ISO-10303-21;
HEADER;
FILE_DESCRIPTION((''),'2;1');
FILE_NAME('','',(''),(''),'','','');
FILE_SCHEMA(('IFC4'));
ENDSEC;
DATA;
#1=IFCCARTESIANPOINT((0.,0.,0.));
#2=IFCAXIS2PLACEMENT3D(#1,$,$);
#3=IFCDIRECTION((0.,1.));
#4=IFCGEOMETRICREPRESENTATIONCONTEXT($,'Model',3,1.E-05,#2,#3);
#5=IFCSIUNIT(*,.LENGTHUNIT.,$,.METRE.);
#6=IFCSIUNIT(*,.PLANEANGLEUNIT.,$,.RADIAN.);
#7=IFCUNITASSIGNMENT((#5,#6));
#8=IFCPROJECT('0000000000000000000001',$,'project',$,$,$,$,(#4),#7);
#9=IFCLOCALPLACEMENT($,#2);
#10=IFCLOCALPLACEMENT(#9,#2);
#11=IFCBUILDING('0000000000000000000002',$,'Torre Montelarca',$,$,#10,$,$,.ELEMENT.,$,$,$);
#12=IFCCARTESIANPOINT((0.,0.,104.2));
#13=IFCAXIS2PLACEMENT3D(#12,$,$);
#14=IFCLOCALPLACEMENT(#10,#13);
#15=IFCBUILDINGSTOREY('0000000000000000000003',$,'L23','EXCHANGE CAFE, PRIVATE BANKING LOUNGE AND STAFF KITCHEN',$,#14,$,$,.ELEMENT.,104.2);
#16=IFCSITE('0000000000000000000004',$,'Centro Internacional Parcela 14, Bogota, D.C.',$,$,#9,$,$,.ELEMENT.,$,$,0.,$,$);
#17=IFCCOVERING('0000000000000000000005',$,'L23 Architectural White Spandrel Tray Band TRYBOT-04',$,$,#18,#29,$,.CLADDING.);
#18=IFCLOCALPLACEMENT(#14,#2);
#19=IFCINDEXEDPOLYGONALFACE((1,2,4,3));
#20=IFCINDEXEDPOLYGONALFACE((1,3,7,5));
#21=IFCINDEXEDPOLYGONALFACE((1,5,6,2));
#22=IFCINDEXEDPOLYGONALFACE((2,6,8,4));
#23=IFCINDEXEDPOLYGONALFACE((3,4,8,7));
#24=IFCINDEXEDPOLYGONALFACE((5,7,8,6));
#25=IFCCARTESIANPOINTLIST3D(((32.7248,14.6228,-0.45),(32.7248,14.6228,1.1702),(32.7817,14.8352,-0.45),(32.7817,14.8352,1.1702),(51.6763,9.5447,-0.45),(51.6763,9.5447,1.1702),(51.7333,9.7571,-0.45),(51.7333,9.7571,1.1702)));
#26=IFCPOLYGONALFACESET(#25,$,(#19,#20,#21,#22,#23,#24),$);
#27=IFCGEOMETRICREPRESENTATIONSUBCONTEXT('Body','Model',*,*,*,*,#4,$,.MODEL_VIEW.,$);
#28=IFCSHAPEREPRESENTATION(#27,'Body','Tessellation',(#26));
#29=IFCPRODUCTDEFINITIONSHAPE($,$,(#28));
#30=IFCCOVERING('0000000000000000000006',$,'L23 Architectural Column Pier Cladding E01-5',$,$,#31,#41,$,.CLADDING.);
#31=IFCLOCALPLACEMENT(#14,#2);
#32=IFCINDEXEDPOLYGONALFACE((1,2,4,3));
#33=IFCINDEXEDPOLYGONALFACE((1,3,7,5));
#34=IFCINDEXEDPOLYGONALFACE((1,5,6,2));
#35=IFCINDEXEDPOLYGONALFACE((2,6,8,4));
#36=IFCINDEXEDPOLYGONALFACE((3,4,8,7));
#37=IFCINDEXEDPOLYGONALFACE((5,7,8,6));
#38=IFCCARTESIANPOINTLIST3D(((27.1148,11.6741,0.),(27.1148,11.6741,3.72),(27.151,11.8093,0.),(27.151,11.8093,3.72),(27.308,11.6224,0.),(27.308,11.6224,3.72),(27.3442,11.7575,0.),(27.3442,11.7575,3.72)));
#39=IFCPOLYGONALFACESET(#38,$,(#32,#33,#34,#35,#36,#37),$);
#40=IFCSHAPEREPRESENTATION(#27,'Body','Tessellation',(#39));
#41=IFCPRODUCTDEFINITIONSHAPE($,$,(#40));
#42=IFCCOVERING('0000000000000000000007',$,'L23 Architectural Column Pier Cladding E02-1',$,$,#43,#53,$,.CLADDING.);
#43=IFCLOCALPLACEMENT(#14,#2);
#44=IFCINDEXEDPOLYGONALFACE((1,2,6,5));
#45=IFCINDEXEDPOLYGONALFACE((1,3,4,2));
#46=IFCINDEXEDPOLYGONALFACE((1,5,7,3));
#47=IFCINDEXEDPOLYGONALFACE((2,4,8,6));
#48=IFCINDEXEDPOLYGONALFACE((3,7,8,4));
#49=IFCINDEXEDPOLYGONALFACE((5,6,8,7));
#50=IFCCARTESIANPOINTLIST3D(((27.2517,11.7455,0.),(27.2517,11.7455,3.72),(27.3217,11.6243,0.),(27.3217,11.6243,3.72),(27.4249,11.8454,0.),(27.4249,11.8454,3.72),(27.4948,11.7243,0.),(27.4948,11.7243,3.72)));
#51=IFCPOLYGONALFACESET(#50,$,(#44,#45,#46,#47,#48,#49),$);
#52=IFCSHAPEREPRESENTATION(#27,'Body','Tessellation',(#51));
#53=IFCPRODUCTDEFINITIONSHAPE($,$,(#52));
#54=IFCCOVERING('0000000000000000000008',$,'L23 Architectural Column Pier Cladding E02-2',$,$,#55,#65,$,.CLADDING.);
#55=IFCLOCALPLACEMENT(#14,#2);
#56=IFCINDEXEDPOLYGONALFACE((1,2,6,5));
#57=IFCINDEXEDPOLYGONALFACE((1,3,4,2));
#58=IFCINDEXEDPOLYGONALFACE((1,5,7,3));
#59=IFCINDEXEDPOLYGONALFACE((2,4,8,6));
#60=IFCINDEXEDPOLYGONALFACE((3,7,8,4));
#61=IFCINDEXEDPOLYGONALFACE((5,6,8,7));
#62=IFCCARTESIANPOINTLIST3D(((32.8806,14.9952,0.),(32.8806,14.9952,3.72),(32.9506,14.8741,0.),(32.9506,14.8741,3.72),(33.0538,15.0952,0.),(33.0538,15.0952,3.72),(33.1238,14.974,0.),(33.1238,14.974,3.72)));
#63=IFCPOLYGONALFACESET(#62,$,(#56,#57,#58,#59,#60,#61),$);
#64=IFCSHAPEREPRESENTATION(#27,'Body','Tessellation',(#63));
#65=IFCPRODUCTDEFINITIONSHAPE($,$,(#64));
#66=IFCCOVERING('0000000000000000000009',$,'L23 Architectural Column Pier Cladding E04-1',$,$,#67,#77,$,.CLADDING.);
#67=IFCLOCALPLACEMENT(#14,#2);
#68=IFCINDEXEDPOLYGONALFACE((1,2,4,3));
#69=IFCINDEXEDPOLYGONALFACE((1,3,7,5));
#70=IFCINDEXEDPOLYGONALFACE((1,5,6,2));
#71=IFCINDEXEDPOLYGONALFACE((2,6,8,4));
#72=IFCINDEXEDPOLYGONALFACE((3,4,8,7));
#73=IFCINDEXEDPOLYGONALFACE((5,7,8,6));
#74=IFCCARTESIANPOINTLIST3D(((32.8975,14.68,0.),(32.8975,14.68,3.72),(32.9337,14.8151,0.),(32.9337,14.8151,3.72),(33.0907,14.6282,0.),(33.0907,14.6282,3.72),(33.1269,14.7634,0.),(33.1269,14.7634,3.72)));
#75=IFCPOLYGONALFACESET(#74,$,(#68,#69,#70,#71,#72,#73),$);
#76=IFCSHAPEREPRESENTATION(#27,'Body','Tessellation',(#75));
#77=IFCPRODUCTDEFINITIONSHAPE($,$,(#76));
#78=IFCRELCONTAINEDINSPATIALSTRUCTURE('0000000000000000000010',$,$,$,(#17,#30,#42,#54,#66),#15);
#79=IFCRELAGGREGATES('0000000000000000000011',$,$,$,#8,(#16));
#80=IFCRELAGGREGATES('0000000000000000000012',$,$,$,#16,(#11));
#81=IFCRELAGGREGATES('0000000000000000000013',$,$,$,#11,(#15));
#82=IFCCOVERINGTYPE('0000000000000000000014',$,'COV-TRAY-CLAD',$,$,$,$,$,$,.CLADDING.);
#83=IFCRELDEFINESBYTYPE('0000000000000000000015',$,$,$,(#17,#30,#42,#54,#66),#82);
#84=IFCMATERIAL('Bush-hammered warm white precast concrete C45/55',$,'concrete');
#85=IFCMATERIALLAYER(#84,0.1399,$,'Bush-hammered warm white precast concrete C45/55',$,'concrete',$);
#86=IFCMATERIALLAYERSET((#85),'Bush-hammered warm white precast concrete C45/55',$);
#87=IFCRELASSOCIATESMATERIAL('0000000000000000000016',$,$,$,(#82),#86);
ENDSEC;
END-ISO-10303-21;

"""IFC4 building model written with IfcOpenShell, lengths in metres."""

from ifc_helpers import new_model, si_unit, direction, frame, origin, origin_2d, place, context, subcontext, project, spatial, rectangle, extrude, source, transform, mapped, material, layer, layer_set, type_object, element, save


model = new_model("IFC4")

# Units and contexts
model_context = context("Model", 3, precision=1e-05, world=origin(), true_north=direction((0.0, 1.0)))
body_context = subcontext(model_context, "Body", "Model", "MODEL_VIEW")
ifc_project = project(units=[si_unit("LENGTHUNIT", "METRE"), si_unit("PLANEANGLEUNIT", "RADIAN")], contexts=[model_context])

# Site, building, storey
site_placement = place(None, origin())
site = spatial("IfcSite", under=ifc_project, at=site_placement, Name="Centro Internacional Parcela 14, Bogota, D.C.", CompositionType="ELEMENT", RefElevation=0.0)
building_placement = place(site_placement, origin())
building = spatial("IfcBuilding", under=site, at=building_placement, Name="Torre Montelarca", CompositionType="ELEMENT")
storey_placement = place(building_placement, frame((0.0, 0.0, 104.2)))
storey = spatial("IfcBuildingStorey", under=building, at=storey_placement, Name="L23", Description="EXCHANGE CAFE, PRIVATE BANKING LOUNGE AND STAFF KITCHEN", CompositionType="ELEMENT", Elevation=104.2)

# Coverings
ifc_material_1 = material(Name="Bush-hammered warm white precast concrete C45/55", Category="concrete")
ifc_layer_1 = layer(ifc_material_1, 0.1399, Name="Bush-hammered warm white precast concrete C45/55", Category="concrete")
ifc_layer_set_1 = layer_set([ifc_layer_1], Name="Bush-hammered warm white precast concrete C45/55")
covering_type = type_object("IfcCoveringType", Name="COV-TRAY-CLAD", PredefinedType="CLADDING", material=ifc_layer_set_1)
shared_shape_1 = source(origin(), body_context, "Body", "SweptSolid", [
    extrude(rectangle(XDim=19.6201, YDim=0.22, at=origin_2d()), origin(), (0.0, 0.0, 1.0), 1.6201),
])
covering_1_placement = place(storey_placement, frame((42.229, 12.1899, -0.45), z_axis=(0.0, 0.0, 1.0), x_axis=(0.965925, -0.258821, 0.0)))
element("IfcCovering", 1, at=covering_1_placement, inside=storey, type_object=covering_type, Name="L23 Architectural White Spandrel Tray Band TRYBOT-04", PredefinedType="CLADDING", context=body_context, shape_type="MappedRepresentation", body=[
    mapped(shared_shape_1, transform((0.0, 0.0, 0.0), scale=1.0)),
])
shared_shape_2 = source(origin(), body_context, "Body", "SweptSolid", [
    extrude(rectangle(XDim=0.2, YDim=0.1399, at=origin_2d()), origin(), (0.0, 0.0, 1.0), 3.72),
])
for number, where, z_axis, x_axis, name in (
    (2, (27.2295, 11.7158, 0.0), (0.0, 0.0, 1.0), (0.965926, -0.258819, 0.0), "L23 Architectural Column Pier Cladding E01-5"),
    (3, (27.3733, 11.7349, 0.0), (0.0, 0.0, 1.0), (0.866025, 0.500002, 0.0), "L23 Architectural Column Pier Cladding E02-1"),
    (4, (33.0022, 14.9846, 0.0), (0.0, 0.0, 1.0), (0.866025, 0.500002, 0.0), "L23 Architectural Column Pier Cladding E02-2"),
    (5, (33.0122, 14.7217, 0.0), (0.0, 0.0, 1.0), (0.965924, -0.258824, 0.0), "L23 Architectural Column Pier Cladding E04-1"),
):
    element("IfcCovering", number, at=place(storey_placement, frame(where, z_axis=z_axis, x_axis=x_axis)), inside=storey, type_object=covering_type, Name=name, PredefinedType="CLADDING", context=body_context, shape_type="MappedRepresentation", body=[
        mapped(shared_shape_2, transform((0.0, 0.0, 0.0), scale=1.0)),
    ])

save(model, "model.ifc")
